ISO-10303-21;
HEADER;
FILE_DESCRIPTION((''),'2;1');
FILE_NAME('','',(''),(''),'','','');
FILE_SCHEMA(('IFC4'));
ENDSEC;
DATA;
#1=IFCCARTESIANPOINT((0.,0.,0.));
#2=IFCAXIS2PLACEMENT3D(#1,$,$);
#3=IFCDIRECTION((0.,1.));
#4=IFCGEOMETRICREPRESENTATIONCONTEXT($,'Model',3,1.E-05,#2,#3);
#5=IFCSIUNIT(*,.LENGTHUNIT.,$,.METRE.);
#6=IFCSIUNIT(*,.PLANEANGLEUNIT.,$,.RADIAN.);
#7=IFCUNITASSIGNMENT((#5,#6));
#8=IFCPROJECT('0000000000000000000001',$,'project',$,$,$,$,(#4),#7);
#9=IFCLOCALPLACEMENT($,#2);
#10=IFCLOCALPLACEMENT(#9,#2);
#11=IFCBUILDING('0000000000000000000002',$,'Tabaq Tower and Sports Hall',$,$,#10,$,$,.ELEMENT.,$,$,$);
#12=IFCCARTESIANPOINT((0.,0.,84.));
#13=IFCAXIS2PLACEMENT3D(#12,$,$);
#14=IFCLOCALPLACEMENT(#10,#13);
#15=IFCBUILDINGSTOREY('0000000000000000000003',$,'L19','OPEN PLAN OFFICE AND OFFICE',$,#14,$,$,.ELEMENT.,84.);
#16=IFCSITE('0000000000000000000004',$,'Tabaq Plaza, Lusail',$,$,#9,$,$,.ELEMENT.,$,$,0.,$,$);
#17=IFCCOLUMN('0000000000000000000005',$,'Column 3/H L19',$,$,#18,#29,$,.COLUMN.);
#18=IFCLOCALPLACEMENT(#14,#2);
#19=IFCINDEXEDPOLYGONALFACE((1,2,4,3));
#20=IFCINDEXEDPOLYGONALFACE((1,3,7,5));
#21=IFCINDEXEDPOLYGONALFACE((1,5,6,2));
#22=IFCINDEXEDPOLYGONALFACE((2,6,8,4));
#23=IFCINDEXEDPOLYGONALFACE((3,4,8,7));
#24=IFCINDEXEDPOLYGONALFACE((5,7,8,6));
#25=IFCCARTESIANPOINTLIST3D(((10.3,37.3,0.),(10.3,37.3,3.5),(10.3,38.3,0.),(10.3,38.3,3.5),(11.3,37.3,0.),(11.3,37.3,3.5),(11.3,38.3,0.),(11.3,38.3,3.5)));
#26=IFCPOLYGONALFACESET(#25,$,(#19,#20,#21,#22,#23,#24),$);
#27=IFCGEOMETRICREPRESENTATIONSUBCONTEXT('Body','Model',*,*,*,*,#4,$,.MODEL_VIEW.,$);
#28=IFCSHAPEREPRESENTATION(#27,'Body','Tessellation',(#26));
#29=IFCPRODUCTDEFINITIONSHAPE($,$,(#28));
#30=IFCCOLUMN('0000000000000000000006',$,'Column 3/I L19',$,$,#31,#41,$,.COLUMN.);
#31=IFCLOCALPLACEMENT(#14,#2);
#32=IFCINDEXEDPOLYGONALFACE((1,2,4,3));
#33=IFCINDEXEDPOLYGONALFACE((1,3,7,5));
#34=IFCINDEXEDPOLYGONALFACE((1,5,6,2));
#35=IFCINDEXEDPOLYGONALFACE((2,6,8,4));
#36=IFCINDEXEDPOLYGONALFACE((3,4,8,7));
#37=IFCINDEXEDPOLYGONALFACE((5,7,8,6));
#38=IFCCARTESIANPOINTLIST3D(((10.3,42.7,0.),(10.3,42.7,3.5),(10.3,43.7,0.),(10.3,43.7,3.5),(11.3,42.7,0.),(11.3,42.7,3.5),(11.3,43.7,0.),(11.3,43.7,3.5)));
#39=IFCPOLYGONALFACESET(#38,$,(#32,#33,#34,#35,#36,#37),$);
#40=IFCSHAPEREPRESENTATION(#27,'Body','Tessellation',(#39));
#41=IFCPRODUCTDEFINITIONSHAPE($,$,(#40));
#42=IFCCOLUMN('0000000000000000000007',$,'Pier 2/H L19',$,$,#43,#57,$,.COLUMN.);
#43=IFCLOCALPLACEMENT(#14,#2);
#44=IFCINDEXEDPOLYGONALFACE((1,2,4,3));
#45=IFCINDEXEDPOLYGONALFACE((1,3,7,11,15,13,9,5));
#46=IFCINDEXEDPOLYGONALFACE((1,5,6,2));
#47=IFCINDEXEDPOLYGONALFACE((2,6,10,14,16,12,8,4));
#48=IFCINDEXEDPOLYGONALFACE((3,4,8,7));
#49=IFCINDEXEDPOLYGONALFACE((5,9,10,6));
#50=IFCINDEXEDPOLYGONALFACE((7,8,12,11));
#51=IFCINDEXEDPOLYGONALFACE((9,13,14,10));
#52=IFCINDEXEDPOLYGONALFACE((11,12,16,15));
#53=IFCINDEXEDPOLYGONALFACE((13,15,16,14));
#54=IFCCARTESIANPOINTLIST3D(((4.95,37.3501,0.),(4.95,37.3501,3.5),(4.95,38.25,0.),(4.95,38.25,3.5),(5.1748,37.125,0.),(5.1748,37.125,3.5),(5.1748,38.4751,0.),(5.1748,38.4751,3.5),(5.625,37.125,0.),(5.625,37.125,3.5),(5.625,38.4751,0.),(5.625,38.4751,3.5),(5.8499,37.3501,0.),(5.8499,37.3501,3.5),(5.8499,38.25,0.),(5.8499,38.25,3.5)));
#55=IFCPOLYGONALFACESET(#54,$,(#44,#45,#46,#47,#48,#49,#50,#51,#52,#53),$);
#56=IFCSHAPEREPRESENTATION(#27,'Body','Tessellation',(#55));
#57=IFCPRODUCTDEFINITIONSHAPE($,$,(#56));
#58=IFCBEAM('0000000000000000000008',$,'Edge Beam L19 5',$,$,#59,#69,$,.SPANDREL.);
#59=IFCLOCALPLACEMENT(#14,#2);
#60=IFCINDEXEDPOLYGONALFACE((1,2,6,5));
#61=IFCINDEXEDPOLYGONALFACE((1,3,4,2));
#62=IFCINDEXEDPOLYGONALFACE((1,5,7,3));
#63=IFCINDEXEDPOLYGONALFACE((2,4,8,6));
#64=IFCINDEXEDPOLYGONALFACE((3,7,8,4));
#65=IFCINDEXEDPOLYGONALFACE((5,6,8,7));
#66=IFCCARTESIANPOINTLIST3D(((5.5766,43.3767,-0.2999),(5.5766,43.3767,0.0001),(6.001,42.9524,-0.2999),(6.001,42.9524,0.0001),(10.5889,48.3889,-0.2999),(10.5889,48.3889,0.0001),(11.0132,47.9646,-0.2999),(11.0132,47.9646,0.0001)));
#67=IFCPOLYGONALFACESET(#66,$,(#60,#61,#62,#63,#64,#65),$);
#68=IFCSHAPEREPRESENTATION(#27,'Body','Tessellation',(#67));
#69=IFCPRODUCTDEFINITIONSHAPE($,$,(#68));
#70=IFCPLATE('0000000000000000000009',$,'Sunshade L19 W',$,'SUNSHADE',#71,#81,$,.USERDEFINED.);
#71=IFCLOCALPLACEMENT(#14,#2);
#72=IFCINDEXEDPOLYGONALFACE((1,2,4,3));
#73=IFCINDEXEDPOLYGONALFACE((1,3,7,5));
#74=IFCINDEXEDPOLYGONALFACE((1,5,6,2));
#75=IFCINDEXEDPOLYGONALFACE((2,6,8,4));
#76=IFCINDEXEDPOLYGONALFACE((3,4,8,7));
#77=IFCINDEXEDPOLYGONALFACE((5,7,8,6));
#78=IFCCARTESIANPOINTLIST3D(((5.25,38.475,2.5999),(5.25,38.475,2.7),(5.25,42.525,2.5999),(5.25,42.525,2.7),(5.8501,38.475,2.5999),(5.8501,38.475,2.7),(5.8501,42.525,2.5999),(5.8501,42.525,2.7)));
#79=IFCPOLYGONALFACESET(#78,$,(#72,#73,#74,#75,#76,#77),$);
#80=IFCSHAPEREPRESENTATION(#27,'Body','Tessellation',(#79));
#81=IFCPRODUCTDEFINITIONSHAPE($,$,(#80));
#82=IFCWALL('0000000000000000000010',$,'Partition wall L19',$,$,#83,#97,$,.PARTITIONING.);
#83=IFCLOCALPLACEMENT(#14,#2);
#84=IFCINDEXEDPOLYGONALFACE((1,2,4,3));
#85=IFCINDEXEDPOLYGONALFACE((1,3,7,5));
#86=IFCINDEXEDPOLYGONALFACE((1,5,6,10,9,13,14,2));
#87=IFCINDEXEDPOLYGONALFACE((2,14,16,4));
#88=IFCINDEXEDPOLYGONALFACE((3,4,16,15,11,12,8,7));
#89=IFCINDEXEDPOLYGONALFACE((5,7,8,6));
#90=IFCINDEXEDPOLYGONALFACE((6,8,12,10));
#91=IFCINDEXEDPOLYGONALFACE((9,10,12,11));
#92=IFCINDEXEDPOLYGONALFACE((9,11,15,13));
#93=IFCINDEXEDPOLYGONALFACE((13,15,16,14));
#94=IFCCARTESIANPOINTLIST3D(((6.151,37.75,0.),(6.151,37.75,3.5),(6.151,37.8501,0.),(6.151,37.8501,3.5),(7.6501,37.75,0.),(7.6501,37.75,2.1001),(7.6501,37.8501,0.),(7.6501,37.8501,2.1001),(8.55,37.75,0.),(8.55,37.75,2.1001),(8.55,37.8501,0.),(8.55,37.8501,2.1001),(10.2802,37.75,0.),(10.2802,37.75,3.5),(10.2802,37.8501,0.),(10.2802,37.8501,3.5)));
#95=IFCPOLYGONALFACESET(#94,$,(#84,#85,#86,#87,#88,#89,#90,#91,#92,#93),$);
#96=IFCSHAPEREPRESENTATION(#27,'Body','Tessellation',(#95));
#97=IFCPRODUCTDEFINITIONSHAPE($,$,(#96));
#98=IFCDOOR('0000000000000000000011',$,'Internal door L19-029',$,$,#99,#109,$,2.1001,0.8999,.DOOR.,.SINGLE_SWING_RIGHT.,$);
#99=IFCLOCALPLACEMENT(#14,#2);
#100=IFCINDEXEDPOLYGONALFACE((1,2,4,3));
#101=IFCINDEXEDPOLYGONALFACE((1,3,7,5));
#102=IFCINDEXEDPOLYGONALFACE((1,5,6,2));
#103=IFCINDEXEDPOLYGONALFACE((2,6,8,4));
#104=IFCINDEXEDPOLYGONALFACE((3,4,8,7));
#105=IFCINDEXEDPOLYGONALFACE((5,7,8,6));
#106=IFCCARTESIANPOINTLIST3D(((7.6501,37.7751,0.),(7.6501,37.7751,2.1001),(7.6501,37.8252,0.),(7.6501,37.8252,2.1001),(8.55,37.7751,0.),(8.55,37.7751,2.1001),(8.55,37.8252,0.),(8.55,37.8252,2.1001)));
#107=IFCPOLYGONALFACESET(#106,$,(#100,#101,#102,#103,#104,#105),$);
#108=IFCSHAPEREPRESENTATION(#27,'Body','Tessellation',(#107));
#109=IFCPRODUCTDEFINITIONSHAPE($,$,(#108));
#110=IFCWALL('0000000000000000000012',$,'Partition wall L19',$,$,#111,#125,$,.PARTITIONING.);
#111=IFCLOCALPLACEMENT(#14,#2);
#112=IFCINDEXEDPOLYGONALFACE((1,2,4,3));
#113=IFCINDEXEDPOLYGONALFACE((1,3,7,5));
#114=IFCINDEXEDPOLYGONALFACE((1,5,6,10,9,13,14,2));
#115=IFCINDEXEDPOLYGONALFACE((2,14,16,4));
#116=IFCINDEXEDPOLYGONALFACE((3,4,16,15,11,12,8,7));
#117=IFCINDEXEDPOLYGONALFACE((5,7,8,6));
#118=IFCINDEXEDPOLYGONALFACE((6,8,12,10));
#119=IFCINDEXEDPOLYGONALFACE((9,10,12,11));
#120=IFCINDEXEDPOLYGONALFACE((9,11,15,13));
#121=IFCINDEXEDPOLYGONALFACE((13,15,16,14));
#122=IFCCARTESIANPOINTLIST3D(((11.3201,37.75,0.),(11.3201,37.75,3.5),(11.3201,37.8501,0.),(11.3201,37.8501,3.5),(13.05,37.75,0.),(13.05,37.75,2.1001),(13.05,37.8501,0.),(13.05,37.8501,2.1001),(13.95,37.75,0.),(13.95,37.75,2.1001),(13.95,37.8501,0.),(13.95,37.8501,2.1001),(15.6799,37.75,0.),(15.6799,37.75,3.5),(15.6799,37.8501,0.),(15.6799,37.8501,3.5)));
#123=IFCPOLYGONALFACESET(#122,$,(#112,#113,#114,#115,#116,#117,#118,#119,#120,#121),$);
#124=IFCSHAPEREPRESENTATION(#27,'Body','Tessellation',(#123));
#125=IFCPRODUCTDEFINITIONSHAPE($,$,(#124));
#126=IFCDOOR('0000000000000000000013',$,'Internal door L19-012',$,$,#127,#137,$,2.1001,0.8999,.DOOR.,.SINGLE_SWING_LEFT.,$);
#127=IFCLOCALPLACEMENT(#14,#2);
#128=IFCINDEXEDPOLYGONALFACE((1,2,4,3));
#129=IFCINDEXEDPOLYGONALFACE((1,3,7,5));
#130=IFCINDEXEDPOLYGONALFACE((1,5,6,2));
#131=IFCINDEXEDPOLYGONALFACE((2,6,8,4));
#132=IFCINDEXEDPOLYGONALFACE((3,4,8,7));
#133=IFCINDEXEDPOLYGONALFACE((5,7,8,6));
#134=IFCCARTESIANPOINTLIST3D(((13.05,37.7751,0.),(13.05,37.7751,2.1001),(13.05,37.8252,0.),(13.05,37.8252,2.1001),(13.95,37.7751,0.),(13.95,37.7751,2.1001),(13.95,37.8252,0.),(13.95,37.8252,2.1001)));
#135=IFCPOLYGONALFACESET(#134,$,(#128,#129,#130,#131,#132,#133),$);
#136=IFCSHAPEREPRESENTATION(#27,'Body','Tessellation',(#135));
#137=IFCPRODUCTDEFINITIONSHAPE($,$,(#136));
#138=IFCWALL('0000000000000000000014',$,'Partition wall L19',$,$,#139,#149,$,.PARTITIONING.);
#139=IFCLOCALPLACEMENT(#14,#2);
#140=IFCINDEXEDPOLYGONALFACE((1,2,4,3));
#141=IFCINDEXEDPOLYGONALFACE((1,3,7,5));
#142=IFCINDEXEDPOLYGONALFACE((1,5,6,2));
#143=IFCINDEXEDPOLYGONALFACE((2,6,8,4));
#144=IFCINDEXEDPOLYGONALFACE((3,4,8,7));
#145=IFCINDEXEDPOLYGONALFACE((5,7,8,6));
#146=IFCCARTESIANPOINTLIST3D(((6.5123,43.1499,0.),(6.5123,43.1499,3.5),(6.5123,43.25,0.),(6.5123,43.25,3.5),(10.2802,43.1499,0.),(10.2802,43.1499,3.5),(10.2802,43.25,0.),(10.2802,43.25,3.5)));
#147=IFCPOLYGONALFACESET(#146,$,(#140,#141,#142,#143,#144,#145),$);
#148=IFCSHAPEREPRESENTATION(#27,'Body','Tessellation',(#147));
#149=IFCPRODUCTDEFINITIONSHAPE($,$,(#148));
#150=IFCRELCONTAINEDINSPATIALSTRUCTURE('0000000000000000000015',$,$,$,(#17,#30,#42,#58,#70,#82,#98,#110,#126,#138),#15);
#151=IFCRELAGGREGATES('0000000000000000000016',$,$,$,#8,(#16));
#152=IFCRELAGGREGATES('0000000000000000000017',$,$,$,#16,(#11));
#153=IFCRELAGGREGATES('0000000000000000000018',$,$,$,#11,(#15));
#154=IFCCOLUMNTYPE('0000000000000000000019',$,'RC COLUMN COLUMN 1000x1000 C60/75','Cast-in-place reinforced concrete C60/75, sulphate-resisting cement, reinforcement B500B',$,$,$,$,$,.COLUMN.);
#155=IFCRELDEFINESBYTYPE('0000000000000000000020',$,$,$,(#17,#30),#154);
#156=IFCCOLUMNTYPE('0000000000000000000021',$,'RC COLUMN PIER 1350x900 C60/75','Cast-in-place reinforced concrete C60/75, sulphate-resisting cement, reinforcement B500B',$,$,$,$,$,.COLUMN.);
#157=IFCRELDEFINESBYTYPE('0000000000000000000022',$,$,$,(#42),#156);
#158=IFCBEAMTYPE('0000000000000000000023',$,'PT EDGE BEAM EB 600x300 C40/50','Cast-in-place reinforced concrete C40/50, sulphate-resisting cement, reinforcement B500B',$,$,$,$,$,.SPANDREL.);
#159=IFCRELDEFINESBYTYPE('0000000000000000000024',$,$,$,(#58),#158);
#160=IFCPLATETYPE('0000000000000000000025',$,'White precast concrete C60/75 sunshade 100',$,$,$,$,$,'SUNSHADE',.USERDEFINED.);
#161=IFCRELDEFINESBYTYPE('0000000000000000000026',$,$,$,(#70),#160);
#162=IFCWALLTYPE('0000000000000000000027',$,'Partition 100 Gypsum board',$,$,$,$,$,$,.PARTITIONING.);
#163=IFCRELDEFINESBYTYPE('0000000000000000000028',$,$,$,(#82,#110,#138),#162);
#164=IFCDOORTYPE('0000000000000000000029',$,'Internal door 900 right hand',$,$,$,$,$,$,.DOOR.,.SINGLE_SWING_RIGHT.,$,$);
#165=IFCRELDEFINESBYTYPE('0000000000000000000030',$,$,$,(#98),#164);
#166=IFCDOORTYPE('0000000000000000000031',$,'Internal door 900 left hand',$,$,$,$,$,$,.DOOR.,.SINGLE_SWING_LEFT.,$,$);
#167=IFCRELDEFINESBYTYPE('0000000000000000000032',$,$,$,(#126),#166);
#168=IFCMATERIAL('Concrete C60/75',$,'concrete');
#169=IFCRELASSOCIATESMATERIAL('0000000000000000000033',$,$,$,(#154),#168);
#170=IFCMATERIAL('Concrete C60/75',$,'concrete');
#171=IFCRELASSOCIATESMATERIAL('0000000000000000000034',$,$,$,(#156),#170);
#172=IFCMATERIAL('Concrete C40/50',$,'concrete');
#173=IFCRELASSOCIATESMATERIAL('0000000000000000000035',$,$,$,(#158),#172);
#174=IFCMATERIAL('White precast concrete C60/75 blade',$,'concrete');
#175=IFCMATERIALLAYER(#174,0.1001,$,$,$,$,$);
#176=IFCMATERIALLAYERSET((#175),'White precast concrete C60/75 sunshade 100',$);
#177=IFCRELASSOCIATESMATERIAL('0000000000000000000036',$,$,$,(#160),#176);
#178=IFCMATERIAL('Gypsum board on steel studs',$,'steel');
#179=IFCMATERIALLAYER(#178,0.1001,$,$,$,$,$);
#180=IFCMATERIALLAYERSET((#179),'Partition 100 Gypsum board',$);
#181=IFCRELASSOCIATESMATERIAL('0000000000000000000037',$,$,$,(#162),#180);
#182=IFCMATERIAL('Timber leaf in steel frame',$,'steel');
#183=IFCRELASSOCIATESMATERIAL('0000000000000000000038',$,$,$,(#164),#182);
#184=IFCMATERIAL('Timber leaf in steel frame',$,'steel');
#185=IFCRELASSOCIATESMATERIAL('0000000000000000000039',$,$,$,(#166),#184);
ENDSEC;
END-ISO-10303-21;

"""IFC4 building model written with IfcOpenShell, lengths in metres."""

from ifc_helpers import new_model, si_unit, direction, frame, frame_2d, origin, origin_2d, place, context, subcontext, project, spatial, polyline, rectangle, outline, extrude, material, layer, layer_set, material_profile, profile_set, type_object, element, fill, save


model = new_model("IFC4")

# Units and contexts
model_context = context("Model", 3, precision=1e-05, world=origin(), true_north=direction((0.0, 1.0)))
body_context = subcontext(model_context, "Body", "Model", "MODEL_VIEW")
ifc_project = project(units=[si_unit("LENGTHUNIT", "METRE"), si_unit("PLANEANGLEUNIT", "RADIAN")], contexts=[model_context])

# Site, building, storey
site_placement = place(None, origin())
site = spatial("IfcSite", under=ifc_project, at=site_placement, Name="Tabaq Plaza, Lusail", CompositionType="ELEMENT", RefElevation=0.0)
building_placement = place(site_placement, origin())
building = spatial("IfcBuilding", under=site, at=building_placement, Name="Tabaq Tower and Sports Hall", CompositionType="ELEMENT")
storey_placement = place(building_placement, frame((0.0, 0.0, 84.0)))
storey = spatial("IfcBuildingStorey", under=building, at=storey_placement, Name="L19", Description="OPEN PLAN OFFICE AND OFFICE", CompositionType="ELEMENT", Elevation=84.0)

# Columns
ifc_material_1 = material(Name="Concrete C60/75", Category="concrete")
ifc_material_profile_1 = material_profile(ifc_material_1, rectangle(XDim=1.0, YDim=1.0, at=origin_2d()), Name="COLUMN 1000x1000")
ifc_profile_set_1 = profile_set([ifc_material_profile_1], Name="Concrete C60/75")
column_type_1 = type_object("IfcColumnType", Name="RC COLUMN COLUMN 1000x1000 C60/75", Description="Cast-in-place reinforced concrete C60/75, sulphate-resisting cement, reinforcement B500B", PredefinedType="COLUMN", material=ifc_profile_set_1)
for number, where, z_axis, x_axis, name in (
    (1, (10.8, 37.8, 0.0), (0.0, 0.0, 1.0), (1.0, 0.0, 0.0), "Column 3/H L19"),
    (2, (10.8, 43.2, 0.0), (0.0, 0.0, 1.0), (1.0, 0.0, 0.0), "Column 3/I L19"),
):
    element("IfcColumn", number, at=place(storey_placement, frame(where, z_axis=z_axis, x_axis=x_axis)), inside=storey, type_object=column_type_1, Name=name, PredefinedType="COLUMN", context=body_context, shape_type="SweptSolid", body=[
        extrude(rectangle(XDim=1.0, YDim=1.0, at=origin_2d()), origin(), (0.0, 0.0, 1.0), 3.5),
    ])
ifc_material_2 = material(Name="Concrete C60/75", Category="concrete")
ifc_material_profile_2 = material_profile(ifc_material_2, outline(polyline([(-0.45, -0.45), (0.45, -0.45), (0.675, -0.2251), (0.675, 0.2251), (0.45, 0.45), (-0.45, 0.45), (-0.675, 0.2251), (-0.675, -0.2251), (-0.45, -0.45)])), Name="PIER 1350x900")
ifc_profile_set_2 = profile_set([ifc_material_profile_2], Name="Concrete C60/75")
column_type_2 = type_object("IfcColumnType", Name="RC COLUMN PIER 1350x900 C60/75", Description="Cast-in-place reinforced concrete C60/75, sulphate-resisting cement, reinforcement B500B", PredefinedType="COLUMN", material=ifc_profile_set_2)
column_placement = place(storey_placement, frame((5.3999, 37.8, 0.0), z_axis=(0.0, 0.0, 1.0), x_axis=(0.0, 1.0, 0.0)))
element("IfcColumn", 3, at=column_placement, inside=storey, type_object=column_type_2, Name="Pier 2/H L19", PredefinedType="COLUMN", context=body_context, shape_type="SweptSolid", body=[
    extrude(outline(polyline([(-0.45, -0.45), (0.45, -0.45), (0.675, -0.2251), (0.675, 0.2251), (0.45, 0.45), (-0.45, 0.45), (-0.675, 0.2251), (-0.675, -0.2251), (-0.45, -0.45)])), origin(), (0.0, 0.0, 1.0), 3.5),
])

# Beam
ifc_material_3 = material(Name="Concrete C40/50", Category="concrete")
ifc_material_profile_3 = material_profile(ifc_material_3, rectangle(XDim=0.6001, YDim=0.3, at=origin_2d()), Name="EB 600x300")
ifc_profile_set_3 = profile_set([ifc_material_profile_3], Name="Concrete C40/50")
beam_type = type_object("IfcBeamType", Name="PT EDGE BEAM EB 600x300 C40/50", Description="Cast-in-place reinforced concrete C40/50, sulphate-resisting cement, reinforcement B500B", PredefinedType="SPANDREL", material=ifc_profile_set_3)
beam_placement = place(storey_placement, frame((10.801, 48.1768, -0.1499), z_axis=(-0.707107, -0.707107, 0.0), x_axis=(0.707107, -0.707107, 0.0)))
element("IfcBeam", 4, at=beam_placement, inside=storey, type_object=beam_type, Name="Edge Beam L19 5", PredefinedType="SPANDREL", context=body_context, shape_type="SweptSolid", body=[
    extrude(rectangle(XDim=0.6001, YDim=0.3, at=origin_2d()), origin(), (0.0, 0.0, 1.0), 7.0884),
])

# Plate
ifc_material_4 = material(Name="White precast concrete C60/75 blade", Category="concrete")
ifc_layer_1 = layer(ifc_material_4, 0.1001)
ifc_layer_set_1 = layer_set([ifc_layer_1], Name="White precast concrete C60/75 sunshade 100")
plate_type = type_object("IfcPlateType", Name="White precast concrete C60/75 sunshade 100", ElementType="SUNSHADE", PredefinedType="USERDEFINED", material=ifc_layer_set_1)
plate_placement = place(storey_placement, frame((5.55, 40.5, 2.5999), z_axis=(0.0, 0.0, 1.0), x_axis=(0.0, -1.0, 0.0)))
element("IfcPlate", 5, at=plate_placement, inside=storey, type_object=plate_type, Name="Sunshade L19 W", ObjectType="SUNSHADE", PredefinedType="USERDEFINED", context=body_context, shape_type="SweptSolid", body=[
    extrude(rectangle(XDim=4.05, YDim=0.6001, at=origin_2d()), origin(), (0.0, 0.0, 1.0), 0.1001),
])

# Walls, openings, doors
ifc_material_5 = material(Name="Gypsum board on steel studs", Category="steel")
ifc_layer_2 = layer(ifc_material_5, 0.1001)
ifc_layer_set_2 = layer_set([ifc_layer_2], Name="Partition 100 Gypsum board")
wall_type_1 = type_object("IfcWallType", Name="Partition 100 Gypsum board", PredefinedType="PARTITIONING", material=ifc_layer_set_2)
wall_1_placement = place(storey_placement, frame((10.28, 37.8, 0.0), z_axis=(0.0, 0.0, 1.0), x_axis=(-1.0, 0.0, 0.0)))
wall_1 = element("IfcWall", 6, at=wall_1_placement, inside=storey, type_object=wall_type_1, Name="Partition wall L19", PredefinedType="PARTITIONING", context=body_context, shape_type="SweptSolid", body=[
    extrude(rectangle(XDim=4.1292, YDim=0.1001, at=frame_2d((2.0645, 0.0))), origin(), (0.0, 0.0, 1.0), 3.5),
])
opening_1_placement = place(wall_1_placement, frame((1.73, 0.0, 0.0)))
opening_1 = element("IfcOpeningElement", 7, at=opening_1_placement, cuts=wall_1, PredefinedType="OPENING", context=body_context, shape_type="SweptSolid", body=[
    extrude(rectangle(XDim=0.8999, YDim=2.1001, at=frame_2d((0.45, 1.05))), frame((0.0, 0.05, 0.0), z_axis=(0.0, -1.0, 0.0), x_axis=(1.0, 0.0, 0.0)), (0.0, 0.0, 1.0), 0.1001),
])
ifc_material_6 = material(Name="Timber leaf in steel frame", Category="steel")
door_type_1 = type_object("IfcDoorType", Name="Internal door 900 right hand", OperationType="SINGLE_SWING_RIGHT", PredefinedType="DOOR", material=ifc_material_6)
door_1_placement = place(opening_1_placement, origin())
door_1 = element("IfcDoor", 8, at=door_1_placement, inside=storey, type_object=door_type_1, Name="Internal door L19-029", OperationType="SINGLE_SWING_RIGHT", OverallHeight=2.1001, OverallWidth=0.8999, PredefinedType="DOOR", context=body_context, shape_type="SweptSolid", body=[
    extrude(rectangle(XDim=0.8999, YDim=2.1001, at=frame_2d((0.45, 1.05))), frame((0.0, 0.0249, 0.0), z_axis=(0.0, -1.0, 0.0), x_axis=(1.0, 0.0, 0.0)), (0.0, 0.0, 1.0), 0.05),
])
fill(opening_1, door_1)
wall_2_placement = place(storey_placement, frame((15.6799, 37.8, 0.0), z_axis=(0.0, 0.0, 1.0), x_axis=(-1.0, 0.0, 0.0)))
wall_2 = element("IfcWall", 9, at=wall_2_placement, inside=storey, type_object=wall_type_1, Name="Partition wall L19", PredefinedType="PARTITIONING", context=body_context, shape_type="SweptSolid", body=[
    extrude(rectangle(XDim=4.3599, YDim=0.1001, at=frame_2d((2.1799, 0.0))), origin(), (0.0, 0.0, 1.0), 3.5),
])
opening_2_placement = place(wall_2_placement, frame((1.73, 0.0, 0.0)))
opening_2 = element("IfcOpeningElement", 10, at=opening_2_placement, cuts=wall_2, PredefinedType="OPENING", context=body_context, shape_type="SweptSolid", body=[
    extrude(rectangle(XDim=0.8999, YDim=2.1001, at=frame_2d((0.45, 1.05))), frame((0.0, 0.05, 0.0), z_axis=(0.0, -1.0, 0.0), x_axis=(1.0, 0.0, 0.0)), (0.0, 0.0, 1.0), 0.1001),
])
ifc_material_7 = material(Name="Timber leaf in steel frame", Category="steel")
door_type_2 = type_object("IfcDoorType", Name="Internal door 900 left hand", OperationType="SINGLE_SWING_LEFT", PredefinedType="DOOR", material=ifc_material_7)
door_2_placement = place(opening_2_placement, origin())
door_2 = element("IfcDoor", 11, at=door_2_placement, inside=storey, type_object=door_type_2, Name="Internal door L19-012", OperationType="SINGLE_SWING_LEFT", OverallHeight=2.1001, OverallWidth=0.8999, PredefinedType="DOOR", context=body_context, shape_type="SweptSolid", body=[
    extrude(rectangle(XDim=0.8999, YDim=2.1001, at=frame_2d((0.45, 1.05))), frame((0.0, 0.0249, 0.0), z_axis=(0.0, -1.0, 0.0), x_axis=(1.0, 0.0, 0.0)), (0.0, 0.0, 1.0), 0.05),
])
fill(opening_2, door_2)

# Wall
wall_3_placement = place(storey_placement, frame((10.28, 43.2, 0.0), z_axis=(0.0, 0.0, 1.0), x_axis=(-1.0, 0.0, 0.0)))
element("IfcWall", 12, at=wall_3_placement, inside=storey, type_object=wall_type_1, Name="Partition wall L19", PredefinedType="PARTITIONING", context=body_context, shape_type="SweptSolid", body=[
    extrude(rectangle(XDim=3.7678, YDim=0.1001, at=frame_2d((1.8838, 0.0))), origin(), (0.0, 0.0, 1.0), 3.5),
])

save(model, "model.ifc")
